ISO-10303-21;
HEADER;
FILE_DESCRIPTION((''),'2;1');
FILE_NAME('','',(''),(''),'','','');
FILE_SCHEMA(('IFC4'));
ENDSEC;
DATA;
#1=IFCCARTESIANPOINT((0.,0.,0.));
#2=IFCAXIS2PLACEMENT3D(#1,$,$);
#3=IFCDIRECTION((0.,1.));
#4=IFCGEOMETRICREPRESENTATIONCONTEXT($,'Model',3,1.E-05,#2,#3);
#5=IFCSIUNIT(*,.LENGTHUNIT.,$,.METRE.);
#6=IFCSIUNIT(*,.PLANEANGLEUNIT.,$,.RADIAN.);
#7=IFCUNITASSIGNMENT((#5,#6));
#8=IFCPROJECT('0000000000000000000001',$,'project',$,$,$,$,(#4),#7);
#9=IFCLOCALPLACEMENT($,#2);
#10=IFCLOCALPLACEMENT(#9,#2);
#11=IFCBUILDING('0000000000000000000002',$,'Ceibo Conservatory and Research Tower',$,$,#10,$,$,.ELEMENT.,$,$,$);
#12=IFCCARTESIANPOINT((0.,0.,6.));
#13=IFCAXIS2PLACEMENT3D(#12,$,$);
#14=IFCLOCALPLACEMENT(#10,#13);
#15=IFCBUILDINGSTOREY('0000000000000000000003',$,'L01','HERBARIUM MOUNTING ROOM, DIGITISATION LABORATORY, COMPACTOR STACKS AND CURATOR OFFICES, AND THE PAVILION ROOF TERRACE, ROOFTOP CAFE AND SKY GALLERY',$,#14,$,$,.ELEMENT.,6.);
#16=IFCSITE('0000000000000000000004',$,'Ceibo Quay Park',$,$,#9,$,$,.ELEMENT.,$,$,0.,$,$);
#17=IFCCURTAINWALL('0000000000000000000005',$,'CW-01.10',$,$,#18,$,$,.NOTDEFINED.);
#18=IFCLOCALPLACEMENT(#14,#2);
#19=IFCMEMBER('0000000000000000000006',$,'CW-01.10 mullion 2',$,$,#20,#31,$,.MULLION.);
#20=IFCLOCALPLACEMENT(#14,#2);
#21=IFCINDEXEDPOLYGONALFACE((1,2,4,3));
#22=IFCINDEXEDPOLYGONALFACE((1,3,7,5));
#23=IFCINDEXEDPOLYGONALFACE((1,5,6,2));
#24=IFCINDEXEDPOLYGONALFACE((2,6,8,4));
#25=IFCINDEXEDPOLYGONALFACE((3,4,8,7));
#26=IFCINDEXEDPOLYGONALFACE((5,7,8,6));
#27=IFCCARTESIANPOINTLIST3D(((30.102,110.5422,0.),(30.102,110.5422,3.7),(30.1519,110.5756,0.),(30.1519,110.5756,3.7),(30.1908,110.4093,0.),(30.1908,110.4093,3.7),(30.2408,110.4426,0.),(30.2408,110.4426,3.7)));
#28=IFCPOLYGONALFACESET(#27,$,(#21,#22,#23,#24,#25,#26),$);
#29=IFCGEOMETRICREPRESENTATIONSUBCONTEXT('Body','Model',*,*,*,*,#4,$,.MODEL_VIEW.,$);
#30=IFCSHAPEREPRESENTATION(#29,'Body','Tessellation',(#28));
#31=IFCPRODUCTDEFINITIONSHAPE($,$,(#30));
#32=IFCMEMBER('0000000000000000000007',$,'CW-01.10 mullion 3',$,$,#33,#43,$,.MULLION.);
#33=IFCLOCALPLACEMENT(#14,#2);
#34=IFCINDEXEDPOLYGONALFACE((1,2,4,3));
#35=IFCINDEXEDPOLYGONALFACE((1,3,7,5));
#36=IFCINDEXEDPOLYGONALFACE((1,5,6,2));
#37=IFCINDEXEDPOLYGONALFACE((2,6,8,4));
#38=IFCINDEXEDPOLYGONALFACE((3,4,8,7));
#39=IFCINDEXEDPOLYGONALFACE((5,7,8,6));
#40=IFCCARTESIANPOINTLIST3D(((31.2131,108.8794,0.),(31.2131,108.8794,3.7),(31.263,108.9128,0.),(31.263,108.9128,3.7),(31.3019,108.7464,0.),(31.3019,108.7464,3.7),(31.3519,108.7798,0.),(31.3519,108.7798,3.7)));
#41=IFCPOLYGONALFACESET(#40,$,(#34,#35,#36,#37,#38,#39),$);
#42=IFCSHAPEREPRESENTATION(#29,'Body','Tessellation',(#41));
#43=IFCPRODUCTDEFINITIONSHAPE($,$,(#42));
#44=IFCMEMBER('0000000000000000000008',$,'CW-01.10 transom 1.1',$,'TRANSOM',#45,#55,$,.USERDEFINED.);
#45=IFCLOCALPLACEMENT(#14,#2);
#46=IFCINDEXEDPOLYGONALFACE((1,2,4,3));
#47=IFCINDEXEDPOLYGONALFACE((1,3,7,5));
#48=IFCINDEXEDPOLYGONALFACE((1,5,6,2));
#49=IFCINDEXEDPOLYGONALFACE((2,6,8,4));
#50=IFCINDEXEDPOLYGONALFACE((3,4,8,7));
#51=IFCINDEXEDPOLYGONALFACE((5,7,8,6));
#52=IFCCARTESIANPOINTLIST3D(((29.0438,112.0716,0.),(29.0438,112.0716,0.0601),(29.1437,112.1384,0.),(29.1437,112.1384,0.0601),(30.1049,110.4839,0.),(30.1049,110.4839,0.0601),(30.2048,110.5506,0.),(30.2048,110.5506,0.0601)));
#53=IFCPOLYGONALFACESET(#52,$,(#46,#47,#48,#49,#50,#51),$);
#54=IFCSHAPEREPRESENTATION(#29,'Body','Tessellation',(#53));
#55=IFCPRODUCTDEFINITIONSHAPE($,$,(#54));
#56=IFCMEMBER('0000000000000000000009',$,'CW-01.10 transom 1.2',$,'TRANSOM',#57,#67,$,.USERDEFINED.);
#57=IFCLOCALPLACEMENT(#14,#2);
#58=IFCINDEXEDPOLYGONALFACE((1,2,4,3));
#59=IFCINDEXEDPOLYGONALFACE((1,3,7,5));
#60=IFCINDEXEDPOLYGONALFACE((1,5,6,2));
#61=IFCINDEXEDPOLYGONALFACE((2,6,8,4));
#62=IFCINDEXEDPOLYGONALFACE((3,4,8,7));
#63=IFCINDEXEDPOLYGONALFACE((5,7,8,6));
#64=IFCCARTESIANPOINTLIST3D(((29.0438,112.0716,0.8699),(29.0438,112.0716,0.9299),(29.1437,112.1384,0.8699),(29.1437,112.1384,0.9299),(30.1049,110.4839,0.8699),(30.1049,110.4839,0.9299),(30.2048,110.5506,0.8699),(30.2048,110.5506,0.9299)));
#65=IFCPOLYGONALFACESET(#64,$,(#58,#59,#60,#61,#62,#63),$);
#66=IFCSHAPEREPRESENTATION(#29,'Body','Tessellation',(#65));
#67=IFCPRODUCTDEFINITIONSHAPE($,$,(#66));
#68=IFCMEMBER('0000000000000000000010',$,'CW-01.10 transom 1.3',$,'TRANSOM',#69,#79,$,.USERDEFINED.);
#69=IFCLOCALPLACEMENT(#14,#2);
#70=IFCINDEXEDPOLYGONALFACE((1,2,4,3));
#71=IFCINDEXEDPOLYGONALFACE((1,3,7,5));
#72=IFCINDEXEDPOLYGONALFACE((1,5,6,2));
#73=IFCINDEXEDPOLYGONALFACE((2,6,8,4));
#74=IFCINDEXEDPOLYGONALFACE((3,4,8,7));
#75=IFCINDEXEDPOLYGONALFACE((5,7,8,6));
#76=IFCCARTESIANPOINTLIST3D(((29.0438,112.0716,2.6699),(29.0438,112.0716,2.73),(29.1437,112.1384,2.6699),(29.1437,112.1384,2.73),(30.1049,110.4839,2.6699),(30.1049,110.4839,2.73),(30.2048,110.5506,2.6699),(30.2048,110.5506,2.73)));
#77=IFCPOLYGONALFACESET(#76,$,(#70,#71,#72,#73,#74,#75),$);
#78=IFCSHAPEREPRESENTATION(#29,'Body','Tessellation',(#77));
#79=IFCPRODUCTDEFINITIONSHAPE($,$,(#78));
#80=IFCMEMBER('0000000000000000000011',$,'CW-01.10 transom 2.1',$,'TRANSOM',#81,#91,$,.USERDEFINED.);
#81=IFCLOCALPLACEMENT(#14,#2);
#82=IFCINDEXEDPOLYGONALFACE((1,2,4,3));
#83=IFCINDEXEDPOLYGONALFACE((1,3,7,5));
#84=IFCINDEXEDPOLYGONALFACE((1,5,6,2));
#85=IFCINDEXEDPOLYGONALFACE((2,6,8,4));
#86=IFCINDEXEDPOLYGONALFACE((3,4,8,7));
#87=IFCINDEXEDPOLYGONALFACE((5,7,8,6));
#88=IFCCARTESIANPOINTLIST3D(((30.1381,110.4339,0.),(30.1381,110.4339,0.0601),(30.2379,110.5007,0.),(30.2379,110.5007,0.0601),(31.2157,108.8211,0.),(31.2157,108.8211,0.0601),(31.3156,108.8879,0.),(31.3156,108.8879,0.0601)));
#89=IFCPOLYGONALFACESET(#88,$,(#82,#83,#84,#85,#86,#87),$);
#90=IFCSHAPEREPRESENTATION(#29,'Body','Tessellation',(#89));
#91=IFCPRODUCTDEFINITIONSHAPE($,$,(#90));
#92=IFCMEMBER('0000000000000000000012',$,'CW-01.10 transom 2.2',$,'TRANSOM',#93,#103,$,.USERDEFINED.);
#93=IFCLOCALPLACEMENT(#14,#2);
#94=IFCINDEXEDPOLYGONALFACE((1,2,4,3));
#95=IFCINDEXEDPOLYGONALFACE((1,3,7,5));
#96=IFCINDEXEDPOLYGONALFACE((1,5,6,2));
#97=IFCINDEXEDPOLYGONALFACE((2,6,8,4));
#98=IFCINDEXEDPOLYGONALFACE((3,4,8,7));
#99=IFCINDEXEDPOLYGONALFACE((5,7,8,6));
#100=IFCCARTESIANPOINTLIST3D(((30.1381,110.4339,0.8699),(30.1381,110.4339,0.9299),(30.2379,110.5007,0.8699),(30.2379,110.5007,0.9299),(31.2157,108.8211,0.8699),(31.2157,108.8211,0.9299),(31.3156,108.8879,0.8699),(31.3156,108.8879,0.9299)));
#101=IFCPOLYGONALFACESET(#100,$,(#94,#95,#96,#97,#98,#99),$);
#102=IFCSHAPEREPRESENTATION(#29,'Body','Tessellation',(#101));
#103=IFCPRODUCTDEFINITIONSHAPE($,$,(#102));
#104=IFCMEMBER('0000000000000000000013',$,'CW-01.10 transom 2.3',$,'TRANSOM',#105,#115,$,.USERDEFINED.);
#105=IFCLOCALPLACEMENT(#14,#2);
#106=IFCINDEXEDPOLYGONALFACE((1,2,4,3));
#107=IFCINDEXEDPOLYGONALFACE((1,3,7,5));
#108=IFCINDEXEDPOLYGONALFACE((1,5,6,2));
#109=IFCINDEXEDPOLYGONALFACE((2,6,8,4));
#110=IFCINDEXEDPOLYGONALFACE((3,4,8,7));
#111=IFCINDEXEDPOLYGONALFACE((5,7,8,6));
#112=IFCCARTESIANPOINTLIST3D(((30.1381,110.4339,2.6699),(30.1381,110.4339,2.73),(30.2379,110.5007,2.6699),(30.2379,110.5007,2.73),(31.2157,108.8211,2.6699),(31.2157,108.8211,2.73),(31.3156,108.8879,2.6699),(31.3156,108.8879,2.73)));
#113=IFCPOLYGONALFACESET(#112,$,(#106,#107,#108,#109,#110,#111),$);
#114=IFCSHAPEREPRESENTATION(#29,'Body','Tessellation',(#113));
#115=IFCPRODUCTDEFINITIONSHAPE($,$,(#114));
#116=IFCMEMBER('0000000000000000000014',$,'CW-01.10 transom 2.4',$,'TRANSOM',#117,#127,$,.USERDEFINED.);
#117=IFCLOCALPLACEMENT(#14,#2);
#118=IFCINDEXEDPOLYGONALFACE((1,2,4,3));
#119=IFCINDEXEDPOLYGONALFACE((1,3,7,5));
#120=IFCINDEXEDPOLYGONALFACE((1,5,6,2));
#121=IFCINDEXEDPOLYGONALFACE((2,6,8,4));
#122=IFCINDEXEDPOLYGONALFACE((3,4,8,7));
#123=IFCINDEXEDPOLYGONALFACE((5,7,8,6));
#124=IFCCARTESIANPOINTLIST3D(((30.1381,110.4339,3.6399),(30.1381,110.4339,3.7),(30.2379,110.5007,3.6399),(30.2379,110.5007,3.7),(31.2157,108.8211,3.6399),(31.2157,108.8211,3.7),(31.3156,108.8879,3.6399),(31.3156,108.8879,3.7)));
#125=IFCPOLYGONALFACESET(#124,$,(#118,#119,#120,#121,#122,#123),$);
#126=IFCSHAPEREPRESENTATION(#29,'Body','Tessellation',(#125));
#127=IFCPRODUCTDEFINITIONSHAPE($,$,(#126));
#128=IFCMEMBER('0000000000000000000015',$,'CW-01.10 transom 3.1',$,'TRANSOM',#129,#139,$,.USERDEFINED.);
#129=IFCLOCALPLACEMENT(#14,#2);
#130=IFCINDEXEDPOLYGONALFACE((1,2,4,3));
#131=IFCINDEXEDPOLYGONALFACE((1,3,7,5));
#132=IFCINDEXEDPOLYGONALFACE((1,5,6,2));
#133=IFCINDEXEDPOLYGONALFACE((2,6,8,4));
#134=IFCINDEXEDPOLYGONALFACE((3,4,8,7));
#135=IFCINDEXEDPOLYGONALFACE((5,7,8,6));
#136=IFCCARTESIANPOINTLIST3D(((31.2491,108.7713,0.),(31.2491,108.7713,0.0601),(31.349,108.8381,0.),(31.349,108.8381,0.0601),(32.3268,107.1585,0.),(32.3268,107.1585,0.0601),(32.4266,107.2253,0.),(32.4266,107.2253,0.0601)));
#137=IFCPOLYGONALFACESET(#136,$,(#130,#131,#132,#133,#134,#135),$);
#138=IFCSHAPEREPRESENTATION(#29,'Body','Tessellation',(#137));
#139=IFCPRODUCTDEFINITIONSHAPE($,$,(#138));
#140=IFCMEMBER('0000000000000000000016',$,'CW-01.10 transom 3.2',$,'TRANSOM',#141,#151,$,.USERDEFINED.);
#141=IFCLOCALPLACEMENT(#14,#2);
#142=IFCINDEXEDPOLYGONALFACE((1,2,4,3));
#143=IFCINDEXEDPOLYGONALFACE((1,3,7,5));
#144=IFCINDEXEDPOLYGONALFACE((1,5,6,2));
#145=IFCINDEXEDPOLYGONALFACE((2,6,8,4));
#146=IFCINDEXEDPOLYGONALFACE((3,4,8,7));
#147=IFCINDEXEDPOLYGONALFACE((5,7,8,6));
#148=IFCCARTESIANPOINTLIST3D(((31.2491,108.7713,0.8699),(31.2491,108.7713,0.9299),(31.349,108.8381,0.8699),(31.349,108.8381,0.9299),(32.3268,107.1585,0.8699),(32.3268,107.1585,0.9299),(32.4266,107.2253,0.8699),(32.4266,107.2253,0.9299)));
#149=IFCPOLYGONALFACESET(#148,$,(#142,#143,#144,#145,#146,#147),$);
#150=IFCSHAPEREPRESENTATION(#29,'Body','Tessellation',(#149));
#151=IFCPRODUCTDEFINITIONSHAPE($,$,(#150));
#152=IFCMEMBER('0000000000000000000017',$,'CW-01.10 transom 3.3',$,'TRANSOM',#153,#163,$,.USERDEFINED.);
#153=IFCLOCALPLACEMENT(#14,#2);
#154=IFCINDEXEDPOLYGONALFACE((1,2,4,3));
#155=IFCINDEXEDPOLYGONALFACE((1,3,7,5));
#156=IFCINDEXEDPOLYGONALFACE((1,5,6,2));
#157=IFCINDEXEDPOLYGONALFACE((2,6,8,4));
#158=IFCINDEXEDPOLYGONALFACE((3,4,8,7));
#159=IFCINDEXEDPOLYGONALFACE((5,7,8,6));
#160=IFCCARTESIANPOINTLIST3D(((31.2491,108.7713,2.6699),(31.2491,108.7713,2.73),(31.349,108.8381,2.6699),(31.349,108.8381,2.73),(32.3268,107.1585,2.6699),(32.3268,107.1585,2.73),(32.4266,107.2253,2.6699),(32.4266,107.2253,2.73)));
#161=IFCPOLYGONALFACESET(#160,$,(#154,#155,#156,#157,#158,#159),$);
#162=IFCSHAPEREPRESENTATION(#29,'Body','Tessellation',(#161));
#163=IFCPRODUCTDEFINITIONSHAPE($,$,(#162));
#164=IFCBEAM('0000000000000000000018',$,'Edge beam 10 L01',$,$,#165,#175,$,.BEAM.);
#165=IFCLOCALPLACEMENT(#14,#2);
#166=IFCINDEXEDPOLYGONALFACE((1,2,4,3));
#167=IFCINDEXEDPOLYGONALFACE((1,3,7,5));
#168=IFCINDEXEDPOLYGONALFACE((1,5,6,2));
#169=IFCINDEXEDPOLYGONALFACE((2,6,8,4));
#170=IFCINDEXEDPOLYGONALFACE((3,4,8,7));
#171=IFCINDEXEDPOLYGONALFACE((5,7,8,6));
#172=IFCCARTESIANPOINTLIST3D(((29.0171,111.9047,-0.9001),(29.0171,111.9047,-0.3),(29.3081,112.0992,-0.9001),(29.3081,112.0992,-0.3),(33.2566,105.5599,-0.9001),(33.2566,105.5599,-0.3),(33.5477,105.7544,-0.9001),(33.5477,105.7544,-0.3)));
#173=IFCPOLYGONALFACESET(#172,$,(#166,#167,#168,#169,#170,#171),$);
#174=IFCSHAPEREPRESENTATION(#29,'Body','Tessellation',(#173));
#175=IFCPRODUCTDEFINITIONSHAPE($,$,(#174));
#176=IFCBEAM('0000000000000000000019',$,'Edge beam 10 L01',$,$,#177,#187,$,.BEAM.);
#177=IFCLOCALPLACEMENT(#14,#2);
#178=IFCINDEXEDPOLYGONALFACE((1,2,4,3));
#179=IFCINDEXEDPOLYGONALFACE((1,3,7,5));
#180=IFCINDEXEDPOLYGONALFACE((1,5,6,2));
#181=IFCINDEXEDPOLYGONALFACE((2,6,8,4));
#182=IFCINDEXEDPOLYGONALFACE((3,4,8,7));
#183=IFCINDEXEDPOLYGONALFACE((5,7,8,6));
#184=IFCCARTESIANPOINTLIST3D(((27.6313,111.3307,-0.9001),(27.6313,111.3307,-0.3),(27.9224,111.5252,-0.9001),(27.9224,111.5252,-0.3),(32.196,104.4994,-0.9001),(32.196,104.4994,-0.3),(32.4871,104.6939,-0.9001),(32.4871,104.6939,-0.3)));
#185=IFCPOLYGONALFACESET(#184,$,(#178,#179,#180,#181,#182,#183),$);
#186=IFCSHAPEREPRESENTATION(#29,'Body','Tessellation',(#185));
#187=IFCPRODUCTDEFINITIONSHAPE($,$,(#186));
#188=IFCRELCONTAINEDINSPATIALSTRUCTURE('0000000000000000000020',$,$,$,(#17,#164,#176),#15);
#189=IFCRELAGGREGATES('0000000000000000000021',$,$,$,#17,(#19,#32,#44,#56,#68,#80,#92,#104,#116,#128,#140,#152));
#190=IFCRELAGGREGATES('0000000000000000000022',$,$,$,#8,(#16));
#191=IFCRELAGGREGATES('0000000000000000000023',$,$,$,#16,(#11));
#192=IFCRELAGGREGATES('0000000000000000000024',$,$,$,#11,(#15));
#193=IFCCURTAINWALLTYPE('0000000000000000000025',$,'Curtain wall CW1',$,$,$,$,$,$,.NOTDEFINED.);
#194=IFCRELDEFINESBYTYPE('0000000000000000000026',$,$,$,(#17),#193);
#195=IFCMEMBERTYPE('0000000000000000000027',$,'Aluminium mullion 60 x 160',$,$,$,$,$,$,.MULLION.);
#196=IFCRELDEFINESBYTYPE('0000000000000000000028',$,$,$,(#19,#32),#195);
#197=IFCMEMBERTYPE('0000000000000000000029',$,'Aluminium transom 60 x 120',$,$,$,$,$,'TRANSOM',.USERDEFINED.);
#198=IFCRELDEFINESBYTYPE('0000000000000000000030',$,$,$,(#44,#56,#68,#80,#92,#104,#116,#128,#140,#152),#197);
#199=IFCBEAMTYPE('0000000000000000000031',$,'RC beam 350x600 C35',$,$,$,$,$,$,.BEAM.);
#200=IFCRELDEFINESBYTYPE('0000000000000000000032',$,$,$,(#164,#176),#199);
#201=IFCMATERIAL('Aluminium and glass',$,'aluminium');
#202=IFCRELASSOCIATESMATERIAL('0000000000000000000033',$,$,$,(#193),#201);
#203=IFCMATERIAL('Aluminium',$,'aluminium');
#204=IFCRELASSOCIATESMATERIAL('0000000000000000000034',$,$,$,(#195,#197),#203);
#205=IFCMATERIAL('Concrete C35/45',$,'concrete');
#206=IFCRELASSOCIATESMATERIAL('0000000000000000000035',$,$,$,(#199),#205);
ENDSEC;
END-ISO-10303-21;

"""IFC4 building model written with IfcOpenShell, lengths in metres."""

from ifc_helpers import new_model, si_unit, direction, frame, origin, origin_2d, place, context, subcontext, project, spatial, rectangle, extrude, material, material_profile, profile_set, type_object, element, aggregate, save


model = new_model("IFC4")

# Units and contexts
model_context = context("Model", 3, precision=1e-05, world=origin(), true_north=direction((0.0, 1.0)))
body_context = subcontext(model_context, "Body", "Model", "MODEL_VIEW")
ifc_project = project(units=[si_unit("LENGTHUNIT", "METRE"), si_unit("PLANEANGLEUNIT", "RADIAN")], contexts=[model_context])

# Site, building, storey
site_placement = place(None, origin())
site = spatial("IfcSite", under=ifc_project, at=site_placement, Name="Ceibo Quay Park", CompositionType="ELEMENT", RefElevation=0.0)
building_placement = place(site_placement, origin())
building = spatial("IfcBuilding", under=site, at=building_placement, Name="Ceibo Conservatory and Research Tower", CompositionType="ELEMENT")
storey_placement = place(building_placement, frame((0.0, 0.0, 6.0)))
storey = spatial("IfcBuildingStorey", under=building, at=storey_placement, Name="L01", Description="HERBARIUM MOUNTING ROOM, DIGITISATION LABORATORY, COMPACTOR STACKS AND CURATOR OFFICES, AND THE PAVILION ROOF TERRACE, ROOFTOP CAFE AND SKY GALLERY", CompositionType="ELEMENT", Elevation=6.0)

# Curtain wall, members
ifc_material_1 = material(Name="Aluminium and glass", Category="aluminium")
curtain_wall_type = type_object("IfcCurtainWallType", Name="Curtain wall CW1", PredefinedType="NOTDEFINED", material=ifc_material_1)
curtain_wall_placement = place(storey_placement, origin())
curtain_wall = element("IfcCurtainWall", 1, at=curtain_wall_placement, inside=storey, type_object=curtain_wall_type, Name="CW-01.10", PredefinedType="NOTDEFINED")
ifc_material_2 = material(Name="Aluminium", Category="aluminium")
ifc_material_profile_1 = material_profile(ifc_material_2, rectangle(XDim=0.0601, YDim=0.1599, at=origin_2d()), Name="Aluminium 60 x 160")
ifc_profile_set_1 = profile_set([ifc_material_profile_1], Name="Aluminium")
member_type_1 = type_object("IfcMemberType", Name="Aluminium mullion 60 x 160", PredefinedType="MULLION", material=ifc_profile_set_1)
member_1_placement = place(storey_placement, frame((30.1714, 110.4924, 0.0), z_axis=(0.0, 0.0, 1.0), x_axis=(0.83147, 0.55557, 0.0)))
member_1 = element("IfcMember", 2, at=member_1_placement, type_object=member_type_1, Name="CW-01.10 mullion 2", PredefinedType="MULLION", context=body_context, shape_type="SweptSolid", body=[
    extrude(rectangle(XDim=0.0601, YDim=0.1599, at=origin_2d()), origin(), (0.0, 0.0, 1.0), 3.7),
])
member_2_placement = place(storey_placement, frame((31.2825, 108.8296, 0.0), z_axis=(0.0, 0.0, 1.0), x_axis=(0.83147, 0.55557, 0.0)))
member_2 = element("IfcMember", 3, at=member_2_placement, type_object=member_type_1, Name="CW-01.10 mullion 3", PredefinedType="MULLION", context=body_context, shape_type="SweptSolid", body=[
    extrude(rectangle(XDim=0.0601, YDim=0.1599, at=origin_2d()), origin(), (0.0, 0.0, 1.0), 3.7),
])
ifc_material_profile_2 = material_profile(ifc_material_2, rectangle(XDim=0.1201, YDim=0.0601, at=origin_2d()), Name="Aluminium 60 x 120")
ifc_profile_set_2 = profile_set([ifc_material_profile_2], Name="Aluminium")
member_type_2 = type_object("IfcMemberType", Name="Aluminium transom 60 x 120", ElementType="TRANSOM", PredefinedType="USERDEFINED", material=ifc_profile_set_2)
member_3_placement = place(storey_placement, frame((29.0938, 112.105, 0.03), z_axis=(0.555644, -0.83142, 0.0), x_axis=(0.83142, 0.555644, 0.0)))
member_3 = element("IfcMember", 4, at=member_3_placement, type_object=member_type_2, Name="CW-01.10 transom 1.1", ObjectType="TRANSOM", PredefinedType="USERDEFINED", context=body_context, shape_type="SweptSolid", body=[
    extrude(rectangle(XDim=0.1201, YDim=0.0601, at=origin_2d()), origin(), (0.0, 0.0, 1.0), 1.9097),
])
member_4_placement = place(storey_placement, frame((29.0938, 112.105, 0.8999), z_axis=(0.555644, -0.83142, 0.0), x_axis=(0.83142, 0.555644, 0.0)))
member_4 = element("IfcMember", 5, at=member_4_placement, type_object=member_type_2, Name="CW-01.10 transom 1.2", ObjectType="TRANSOM", PredefinedType="USERDEFINED", context=body_context, shape_type="SweptSolid", body=[
    extrude(rectangle(XDim=0.1201, YDim=0.0601, at=origin_2d()), origin(), (0.0, 0.0, 1.0), 1.9097),
])
member_5_placement = place(storey_placement, frame((29.0938, 112.105, 2.7), z_axis=(0.555644, -0.83142, 0.0), x_axis=(0.83142, 0.555644, 0.0)))
member_5 = element("IfcMember", 6, at=member_5_placement, type_object=member_type_2, Name="CW-01.10 transom 1.3", ObjectType="TRANSOM", PredefinedType="USERDEFINED", context=body_context, shape_type="SweptSolid", body=[
    extrude(rectangle(XDim=0.1201, YDim=0.0601, at=origin_2d()), origin(), (0.0, 0.0, 1.0), 1.9097),
])
member_6_placement = place(storey_placement, frame((30.188, 110.4673, 0.03), z_axis=(0.555571, -0.831469, 0.0), x_axis=(0.831469, 0.555571, 0.0)))
member_6 = element("IfcMember", 7, at=member_6_placement, type_object=member_type_2, Name="CW-01.10 transom 2.1", ObjectType="TRANSOM", PredefinedType="USERDEFINED", context=body_context, shape_type="SweptSolid", body=[
    extrude(rectangle(XDim=0.1201, YDim=0.0601, at=origin_2d()), origin(), (0.0, 0.0, 1.0), 1.9397),
])
member_7_placement = place(storey_placement, frame((30.188, 110.4673, 0.8999), z_axis=(0.555571, -0.831469, 0.0), x_axis=(0.831469, 0.555571, 0.0)))
member_7 = element("IfcMember", 8, at=member_7_placement, type_object=member_type_2, Name="CW-01.10 transom 2.2", ObjectType="TRANSOM", PredefinedType="USERDEFINED", context=body_context, shape_type="SweptSolid", body=[
    extrude(rectangle(XDim=0.1201, YDim=0.0601, at=origin_2d()), origin(), (0.0, 0.0, 1.0), 1.9397),
])
member_8_placement = place(storey_placement, frame((30.188, 110.4673, 2.7), z_axis=(0.555571, -0.831469, 0.0), x_axis=(0.831469, 0.555571, 0.0)))
member_8 = element("IfcMember", 9, at=member_8_placement, type_object=member_type_2, Name="CW-01.10 transom 2.3", ObjectType="TRANSOM", PredefinedType="USERDEFINED", context=body_context, shape_type="SweptSolid", body=[
    extrude(rectangle(XDim=0.1201, YDim=0.0601, at=origin_2d()), origin(), (0.0, 0.0, 1.0), 1.9397),
])
member_9_placement = place(storey_placement, frame((30.188, 110.4673, 3.6699), z_axis=(0.555571, -0.831469, 0.0), x_axis=(0.831469, 0.555571, 0.0)))
member_9 = element("IfcMember", 10, at=member_9_placement, type_object=member_type_2, Name="CW-01.10 transom 2.4", ObjectType="TRANSOM", PredefinedType="USERDEFINED", context=body_context, shape_type="SweptSolid", body=[
    extrude(rectangle(XDim=0.1201, YDim=0.0601, at=origin_2d()), origin(), (0.0, 0.0, 1.0), 1.9397),
])
member_10_placement = place(storey_placement, frame((31.2991, 108.8047, 0.03), z_axis=(0.555571, -0.831469, 0.0), x_axis=(0.831469, 0.555571, 0.0)))
member_10 = element("IfcMember", 11, at=member_10_placement, type_object=member_type_2, Name="CW-01.10 transom 3.1", ObjectType="TRANSOM", PredefinedType="USERDEFINED", context=body_context, shape_type="SweptSolid", body=[
    extrude(rectangle(XDim=0.1201, YDim=0.0601, at=origin_2d()), origin(), (0.0, 0.0, 1.0), 1.9397),
])
member_11_placement = place(storey_placement, frame((31.2991, 108.8047, 0.8999), z_axis=(0.555571, -0.831469, 0.0), x_axis=(0.831469, 0.555571, 0.0)))
member_11 = element("IfcMember", 12, at=member_11_placement, type_object=member_type_2, Name="CW-01.10 transom 3.2", ObjectType="TRANSOM", PredefinedType="USERDEFINED", context=body_context, shape_type="SweptSolid", body=[
    extrude(rectangle(XDim=0.1201, YDim=0.0601, at=origin_2d()), origin(), (0.0, 0.0, 1.0), 1.9397),
])
member_12_placement = place(storey_placement, frame((31.2991, 108.8047, 2.7), z_axis=(0.555571, -0.831469, 0.0), x_axis=(0.831469, 0.555571, 0.0)))
member_12 = element("IfcMember", 13, at=member_12_placement, type_object=member_type_2, Name="CW-01.10 transom 3.3", ObjectType="TRANSOM", PredefinedType="USERDEFINED", context=body_context, shape_type="SweptSolid", body=[
    extrude(rectangle(XDim=0.1201, YDim=0.0601, at=origin_2d()), origin(), (0.0, 0.0, 1.0), 1.9397),
])

# Beams
ifc_material_3 = material(Name="Concrete C35/45", Category="concrete")
ifc_material_profile_3 = material_profile(ifc_material_3, rectangle(XDim=0.3501, YDim=0.6001, at=origin_2d()), Name="RC 350x600")
ifc_profile_set_3 = profile_set([ifc_material_profile_3], Name="Concrete C35/45")
beam_type = type_object("IfcBeamType", Name="RC beam 350x600 C35", PredefinedType="BEAM", material=ifc_profile_set_3)
beam_1_placement = place(storey_placement, frame((29.1626, 112.002, -0.6001), z_axis=(0.555578, -0.831464, 0.0), x_axis=(0.831464, 0.555578, 0.0)))
element("IfcBeam", 14, at=beam_1_placement, inside=storey, type_object=beam_type, Name="Edge beam 10 L01", PredefinedType="BEAM", context=body_context, shape_type="SweptSolid", body=[
    extrude(rectangle(XDim=0.3501, YDim=0.6001, at=origin_2d()), origin(), (0.0, 0.0, 1.0), 7.6309),
])
beam_2_placement = place(storey_placement, frame((27.7769, 111.428, -0.6001), z_axis=(0.555584, -0.83146, 0.0), x_axis=(0.83146, 0.555584, 0.0)))
element("IfcBeam", 15, at=beam_2_placement, inside=storey, type_object=beam_type, Name="Edge beam 10 L01", PredefinedType="BEAM", context=body_context, shape_type="SweptSolid", body=[
    extrude(rectangle(XDim=0.3501, YDim=0.6001, at=origin_2d()), origin(), (0.0, 0.0, 1.0), 8.2161),
])

aggregate(curtain_wall, [member_1, member_2, member_3, member_4, member_5, member_6, member_7, member_8, member_9, member_10, member_11, member_12])

save(model, "model.ifc")
